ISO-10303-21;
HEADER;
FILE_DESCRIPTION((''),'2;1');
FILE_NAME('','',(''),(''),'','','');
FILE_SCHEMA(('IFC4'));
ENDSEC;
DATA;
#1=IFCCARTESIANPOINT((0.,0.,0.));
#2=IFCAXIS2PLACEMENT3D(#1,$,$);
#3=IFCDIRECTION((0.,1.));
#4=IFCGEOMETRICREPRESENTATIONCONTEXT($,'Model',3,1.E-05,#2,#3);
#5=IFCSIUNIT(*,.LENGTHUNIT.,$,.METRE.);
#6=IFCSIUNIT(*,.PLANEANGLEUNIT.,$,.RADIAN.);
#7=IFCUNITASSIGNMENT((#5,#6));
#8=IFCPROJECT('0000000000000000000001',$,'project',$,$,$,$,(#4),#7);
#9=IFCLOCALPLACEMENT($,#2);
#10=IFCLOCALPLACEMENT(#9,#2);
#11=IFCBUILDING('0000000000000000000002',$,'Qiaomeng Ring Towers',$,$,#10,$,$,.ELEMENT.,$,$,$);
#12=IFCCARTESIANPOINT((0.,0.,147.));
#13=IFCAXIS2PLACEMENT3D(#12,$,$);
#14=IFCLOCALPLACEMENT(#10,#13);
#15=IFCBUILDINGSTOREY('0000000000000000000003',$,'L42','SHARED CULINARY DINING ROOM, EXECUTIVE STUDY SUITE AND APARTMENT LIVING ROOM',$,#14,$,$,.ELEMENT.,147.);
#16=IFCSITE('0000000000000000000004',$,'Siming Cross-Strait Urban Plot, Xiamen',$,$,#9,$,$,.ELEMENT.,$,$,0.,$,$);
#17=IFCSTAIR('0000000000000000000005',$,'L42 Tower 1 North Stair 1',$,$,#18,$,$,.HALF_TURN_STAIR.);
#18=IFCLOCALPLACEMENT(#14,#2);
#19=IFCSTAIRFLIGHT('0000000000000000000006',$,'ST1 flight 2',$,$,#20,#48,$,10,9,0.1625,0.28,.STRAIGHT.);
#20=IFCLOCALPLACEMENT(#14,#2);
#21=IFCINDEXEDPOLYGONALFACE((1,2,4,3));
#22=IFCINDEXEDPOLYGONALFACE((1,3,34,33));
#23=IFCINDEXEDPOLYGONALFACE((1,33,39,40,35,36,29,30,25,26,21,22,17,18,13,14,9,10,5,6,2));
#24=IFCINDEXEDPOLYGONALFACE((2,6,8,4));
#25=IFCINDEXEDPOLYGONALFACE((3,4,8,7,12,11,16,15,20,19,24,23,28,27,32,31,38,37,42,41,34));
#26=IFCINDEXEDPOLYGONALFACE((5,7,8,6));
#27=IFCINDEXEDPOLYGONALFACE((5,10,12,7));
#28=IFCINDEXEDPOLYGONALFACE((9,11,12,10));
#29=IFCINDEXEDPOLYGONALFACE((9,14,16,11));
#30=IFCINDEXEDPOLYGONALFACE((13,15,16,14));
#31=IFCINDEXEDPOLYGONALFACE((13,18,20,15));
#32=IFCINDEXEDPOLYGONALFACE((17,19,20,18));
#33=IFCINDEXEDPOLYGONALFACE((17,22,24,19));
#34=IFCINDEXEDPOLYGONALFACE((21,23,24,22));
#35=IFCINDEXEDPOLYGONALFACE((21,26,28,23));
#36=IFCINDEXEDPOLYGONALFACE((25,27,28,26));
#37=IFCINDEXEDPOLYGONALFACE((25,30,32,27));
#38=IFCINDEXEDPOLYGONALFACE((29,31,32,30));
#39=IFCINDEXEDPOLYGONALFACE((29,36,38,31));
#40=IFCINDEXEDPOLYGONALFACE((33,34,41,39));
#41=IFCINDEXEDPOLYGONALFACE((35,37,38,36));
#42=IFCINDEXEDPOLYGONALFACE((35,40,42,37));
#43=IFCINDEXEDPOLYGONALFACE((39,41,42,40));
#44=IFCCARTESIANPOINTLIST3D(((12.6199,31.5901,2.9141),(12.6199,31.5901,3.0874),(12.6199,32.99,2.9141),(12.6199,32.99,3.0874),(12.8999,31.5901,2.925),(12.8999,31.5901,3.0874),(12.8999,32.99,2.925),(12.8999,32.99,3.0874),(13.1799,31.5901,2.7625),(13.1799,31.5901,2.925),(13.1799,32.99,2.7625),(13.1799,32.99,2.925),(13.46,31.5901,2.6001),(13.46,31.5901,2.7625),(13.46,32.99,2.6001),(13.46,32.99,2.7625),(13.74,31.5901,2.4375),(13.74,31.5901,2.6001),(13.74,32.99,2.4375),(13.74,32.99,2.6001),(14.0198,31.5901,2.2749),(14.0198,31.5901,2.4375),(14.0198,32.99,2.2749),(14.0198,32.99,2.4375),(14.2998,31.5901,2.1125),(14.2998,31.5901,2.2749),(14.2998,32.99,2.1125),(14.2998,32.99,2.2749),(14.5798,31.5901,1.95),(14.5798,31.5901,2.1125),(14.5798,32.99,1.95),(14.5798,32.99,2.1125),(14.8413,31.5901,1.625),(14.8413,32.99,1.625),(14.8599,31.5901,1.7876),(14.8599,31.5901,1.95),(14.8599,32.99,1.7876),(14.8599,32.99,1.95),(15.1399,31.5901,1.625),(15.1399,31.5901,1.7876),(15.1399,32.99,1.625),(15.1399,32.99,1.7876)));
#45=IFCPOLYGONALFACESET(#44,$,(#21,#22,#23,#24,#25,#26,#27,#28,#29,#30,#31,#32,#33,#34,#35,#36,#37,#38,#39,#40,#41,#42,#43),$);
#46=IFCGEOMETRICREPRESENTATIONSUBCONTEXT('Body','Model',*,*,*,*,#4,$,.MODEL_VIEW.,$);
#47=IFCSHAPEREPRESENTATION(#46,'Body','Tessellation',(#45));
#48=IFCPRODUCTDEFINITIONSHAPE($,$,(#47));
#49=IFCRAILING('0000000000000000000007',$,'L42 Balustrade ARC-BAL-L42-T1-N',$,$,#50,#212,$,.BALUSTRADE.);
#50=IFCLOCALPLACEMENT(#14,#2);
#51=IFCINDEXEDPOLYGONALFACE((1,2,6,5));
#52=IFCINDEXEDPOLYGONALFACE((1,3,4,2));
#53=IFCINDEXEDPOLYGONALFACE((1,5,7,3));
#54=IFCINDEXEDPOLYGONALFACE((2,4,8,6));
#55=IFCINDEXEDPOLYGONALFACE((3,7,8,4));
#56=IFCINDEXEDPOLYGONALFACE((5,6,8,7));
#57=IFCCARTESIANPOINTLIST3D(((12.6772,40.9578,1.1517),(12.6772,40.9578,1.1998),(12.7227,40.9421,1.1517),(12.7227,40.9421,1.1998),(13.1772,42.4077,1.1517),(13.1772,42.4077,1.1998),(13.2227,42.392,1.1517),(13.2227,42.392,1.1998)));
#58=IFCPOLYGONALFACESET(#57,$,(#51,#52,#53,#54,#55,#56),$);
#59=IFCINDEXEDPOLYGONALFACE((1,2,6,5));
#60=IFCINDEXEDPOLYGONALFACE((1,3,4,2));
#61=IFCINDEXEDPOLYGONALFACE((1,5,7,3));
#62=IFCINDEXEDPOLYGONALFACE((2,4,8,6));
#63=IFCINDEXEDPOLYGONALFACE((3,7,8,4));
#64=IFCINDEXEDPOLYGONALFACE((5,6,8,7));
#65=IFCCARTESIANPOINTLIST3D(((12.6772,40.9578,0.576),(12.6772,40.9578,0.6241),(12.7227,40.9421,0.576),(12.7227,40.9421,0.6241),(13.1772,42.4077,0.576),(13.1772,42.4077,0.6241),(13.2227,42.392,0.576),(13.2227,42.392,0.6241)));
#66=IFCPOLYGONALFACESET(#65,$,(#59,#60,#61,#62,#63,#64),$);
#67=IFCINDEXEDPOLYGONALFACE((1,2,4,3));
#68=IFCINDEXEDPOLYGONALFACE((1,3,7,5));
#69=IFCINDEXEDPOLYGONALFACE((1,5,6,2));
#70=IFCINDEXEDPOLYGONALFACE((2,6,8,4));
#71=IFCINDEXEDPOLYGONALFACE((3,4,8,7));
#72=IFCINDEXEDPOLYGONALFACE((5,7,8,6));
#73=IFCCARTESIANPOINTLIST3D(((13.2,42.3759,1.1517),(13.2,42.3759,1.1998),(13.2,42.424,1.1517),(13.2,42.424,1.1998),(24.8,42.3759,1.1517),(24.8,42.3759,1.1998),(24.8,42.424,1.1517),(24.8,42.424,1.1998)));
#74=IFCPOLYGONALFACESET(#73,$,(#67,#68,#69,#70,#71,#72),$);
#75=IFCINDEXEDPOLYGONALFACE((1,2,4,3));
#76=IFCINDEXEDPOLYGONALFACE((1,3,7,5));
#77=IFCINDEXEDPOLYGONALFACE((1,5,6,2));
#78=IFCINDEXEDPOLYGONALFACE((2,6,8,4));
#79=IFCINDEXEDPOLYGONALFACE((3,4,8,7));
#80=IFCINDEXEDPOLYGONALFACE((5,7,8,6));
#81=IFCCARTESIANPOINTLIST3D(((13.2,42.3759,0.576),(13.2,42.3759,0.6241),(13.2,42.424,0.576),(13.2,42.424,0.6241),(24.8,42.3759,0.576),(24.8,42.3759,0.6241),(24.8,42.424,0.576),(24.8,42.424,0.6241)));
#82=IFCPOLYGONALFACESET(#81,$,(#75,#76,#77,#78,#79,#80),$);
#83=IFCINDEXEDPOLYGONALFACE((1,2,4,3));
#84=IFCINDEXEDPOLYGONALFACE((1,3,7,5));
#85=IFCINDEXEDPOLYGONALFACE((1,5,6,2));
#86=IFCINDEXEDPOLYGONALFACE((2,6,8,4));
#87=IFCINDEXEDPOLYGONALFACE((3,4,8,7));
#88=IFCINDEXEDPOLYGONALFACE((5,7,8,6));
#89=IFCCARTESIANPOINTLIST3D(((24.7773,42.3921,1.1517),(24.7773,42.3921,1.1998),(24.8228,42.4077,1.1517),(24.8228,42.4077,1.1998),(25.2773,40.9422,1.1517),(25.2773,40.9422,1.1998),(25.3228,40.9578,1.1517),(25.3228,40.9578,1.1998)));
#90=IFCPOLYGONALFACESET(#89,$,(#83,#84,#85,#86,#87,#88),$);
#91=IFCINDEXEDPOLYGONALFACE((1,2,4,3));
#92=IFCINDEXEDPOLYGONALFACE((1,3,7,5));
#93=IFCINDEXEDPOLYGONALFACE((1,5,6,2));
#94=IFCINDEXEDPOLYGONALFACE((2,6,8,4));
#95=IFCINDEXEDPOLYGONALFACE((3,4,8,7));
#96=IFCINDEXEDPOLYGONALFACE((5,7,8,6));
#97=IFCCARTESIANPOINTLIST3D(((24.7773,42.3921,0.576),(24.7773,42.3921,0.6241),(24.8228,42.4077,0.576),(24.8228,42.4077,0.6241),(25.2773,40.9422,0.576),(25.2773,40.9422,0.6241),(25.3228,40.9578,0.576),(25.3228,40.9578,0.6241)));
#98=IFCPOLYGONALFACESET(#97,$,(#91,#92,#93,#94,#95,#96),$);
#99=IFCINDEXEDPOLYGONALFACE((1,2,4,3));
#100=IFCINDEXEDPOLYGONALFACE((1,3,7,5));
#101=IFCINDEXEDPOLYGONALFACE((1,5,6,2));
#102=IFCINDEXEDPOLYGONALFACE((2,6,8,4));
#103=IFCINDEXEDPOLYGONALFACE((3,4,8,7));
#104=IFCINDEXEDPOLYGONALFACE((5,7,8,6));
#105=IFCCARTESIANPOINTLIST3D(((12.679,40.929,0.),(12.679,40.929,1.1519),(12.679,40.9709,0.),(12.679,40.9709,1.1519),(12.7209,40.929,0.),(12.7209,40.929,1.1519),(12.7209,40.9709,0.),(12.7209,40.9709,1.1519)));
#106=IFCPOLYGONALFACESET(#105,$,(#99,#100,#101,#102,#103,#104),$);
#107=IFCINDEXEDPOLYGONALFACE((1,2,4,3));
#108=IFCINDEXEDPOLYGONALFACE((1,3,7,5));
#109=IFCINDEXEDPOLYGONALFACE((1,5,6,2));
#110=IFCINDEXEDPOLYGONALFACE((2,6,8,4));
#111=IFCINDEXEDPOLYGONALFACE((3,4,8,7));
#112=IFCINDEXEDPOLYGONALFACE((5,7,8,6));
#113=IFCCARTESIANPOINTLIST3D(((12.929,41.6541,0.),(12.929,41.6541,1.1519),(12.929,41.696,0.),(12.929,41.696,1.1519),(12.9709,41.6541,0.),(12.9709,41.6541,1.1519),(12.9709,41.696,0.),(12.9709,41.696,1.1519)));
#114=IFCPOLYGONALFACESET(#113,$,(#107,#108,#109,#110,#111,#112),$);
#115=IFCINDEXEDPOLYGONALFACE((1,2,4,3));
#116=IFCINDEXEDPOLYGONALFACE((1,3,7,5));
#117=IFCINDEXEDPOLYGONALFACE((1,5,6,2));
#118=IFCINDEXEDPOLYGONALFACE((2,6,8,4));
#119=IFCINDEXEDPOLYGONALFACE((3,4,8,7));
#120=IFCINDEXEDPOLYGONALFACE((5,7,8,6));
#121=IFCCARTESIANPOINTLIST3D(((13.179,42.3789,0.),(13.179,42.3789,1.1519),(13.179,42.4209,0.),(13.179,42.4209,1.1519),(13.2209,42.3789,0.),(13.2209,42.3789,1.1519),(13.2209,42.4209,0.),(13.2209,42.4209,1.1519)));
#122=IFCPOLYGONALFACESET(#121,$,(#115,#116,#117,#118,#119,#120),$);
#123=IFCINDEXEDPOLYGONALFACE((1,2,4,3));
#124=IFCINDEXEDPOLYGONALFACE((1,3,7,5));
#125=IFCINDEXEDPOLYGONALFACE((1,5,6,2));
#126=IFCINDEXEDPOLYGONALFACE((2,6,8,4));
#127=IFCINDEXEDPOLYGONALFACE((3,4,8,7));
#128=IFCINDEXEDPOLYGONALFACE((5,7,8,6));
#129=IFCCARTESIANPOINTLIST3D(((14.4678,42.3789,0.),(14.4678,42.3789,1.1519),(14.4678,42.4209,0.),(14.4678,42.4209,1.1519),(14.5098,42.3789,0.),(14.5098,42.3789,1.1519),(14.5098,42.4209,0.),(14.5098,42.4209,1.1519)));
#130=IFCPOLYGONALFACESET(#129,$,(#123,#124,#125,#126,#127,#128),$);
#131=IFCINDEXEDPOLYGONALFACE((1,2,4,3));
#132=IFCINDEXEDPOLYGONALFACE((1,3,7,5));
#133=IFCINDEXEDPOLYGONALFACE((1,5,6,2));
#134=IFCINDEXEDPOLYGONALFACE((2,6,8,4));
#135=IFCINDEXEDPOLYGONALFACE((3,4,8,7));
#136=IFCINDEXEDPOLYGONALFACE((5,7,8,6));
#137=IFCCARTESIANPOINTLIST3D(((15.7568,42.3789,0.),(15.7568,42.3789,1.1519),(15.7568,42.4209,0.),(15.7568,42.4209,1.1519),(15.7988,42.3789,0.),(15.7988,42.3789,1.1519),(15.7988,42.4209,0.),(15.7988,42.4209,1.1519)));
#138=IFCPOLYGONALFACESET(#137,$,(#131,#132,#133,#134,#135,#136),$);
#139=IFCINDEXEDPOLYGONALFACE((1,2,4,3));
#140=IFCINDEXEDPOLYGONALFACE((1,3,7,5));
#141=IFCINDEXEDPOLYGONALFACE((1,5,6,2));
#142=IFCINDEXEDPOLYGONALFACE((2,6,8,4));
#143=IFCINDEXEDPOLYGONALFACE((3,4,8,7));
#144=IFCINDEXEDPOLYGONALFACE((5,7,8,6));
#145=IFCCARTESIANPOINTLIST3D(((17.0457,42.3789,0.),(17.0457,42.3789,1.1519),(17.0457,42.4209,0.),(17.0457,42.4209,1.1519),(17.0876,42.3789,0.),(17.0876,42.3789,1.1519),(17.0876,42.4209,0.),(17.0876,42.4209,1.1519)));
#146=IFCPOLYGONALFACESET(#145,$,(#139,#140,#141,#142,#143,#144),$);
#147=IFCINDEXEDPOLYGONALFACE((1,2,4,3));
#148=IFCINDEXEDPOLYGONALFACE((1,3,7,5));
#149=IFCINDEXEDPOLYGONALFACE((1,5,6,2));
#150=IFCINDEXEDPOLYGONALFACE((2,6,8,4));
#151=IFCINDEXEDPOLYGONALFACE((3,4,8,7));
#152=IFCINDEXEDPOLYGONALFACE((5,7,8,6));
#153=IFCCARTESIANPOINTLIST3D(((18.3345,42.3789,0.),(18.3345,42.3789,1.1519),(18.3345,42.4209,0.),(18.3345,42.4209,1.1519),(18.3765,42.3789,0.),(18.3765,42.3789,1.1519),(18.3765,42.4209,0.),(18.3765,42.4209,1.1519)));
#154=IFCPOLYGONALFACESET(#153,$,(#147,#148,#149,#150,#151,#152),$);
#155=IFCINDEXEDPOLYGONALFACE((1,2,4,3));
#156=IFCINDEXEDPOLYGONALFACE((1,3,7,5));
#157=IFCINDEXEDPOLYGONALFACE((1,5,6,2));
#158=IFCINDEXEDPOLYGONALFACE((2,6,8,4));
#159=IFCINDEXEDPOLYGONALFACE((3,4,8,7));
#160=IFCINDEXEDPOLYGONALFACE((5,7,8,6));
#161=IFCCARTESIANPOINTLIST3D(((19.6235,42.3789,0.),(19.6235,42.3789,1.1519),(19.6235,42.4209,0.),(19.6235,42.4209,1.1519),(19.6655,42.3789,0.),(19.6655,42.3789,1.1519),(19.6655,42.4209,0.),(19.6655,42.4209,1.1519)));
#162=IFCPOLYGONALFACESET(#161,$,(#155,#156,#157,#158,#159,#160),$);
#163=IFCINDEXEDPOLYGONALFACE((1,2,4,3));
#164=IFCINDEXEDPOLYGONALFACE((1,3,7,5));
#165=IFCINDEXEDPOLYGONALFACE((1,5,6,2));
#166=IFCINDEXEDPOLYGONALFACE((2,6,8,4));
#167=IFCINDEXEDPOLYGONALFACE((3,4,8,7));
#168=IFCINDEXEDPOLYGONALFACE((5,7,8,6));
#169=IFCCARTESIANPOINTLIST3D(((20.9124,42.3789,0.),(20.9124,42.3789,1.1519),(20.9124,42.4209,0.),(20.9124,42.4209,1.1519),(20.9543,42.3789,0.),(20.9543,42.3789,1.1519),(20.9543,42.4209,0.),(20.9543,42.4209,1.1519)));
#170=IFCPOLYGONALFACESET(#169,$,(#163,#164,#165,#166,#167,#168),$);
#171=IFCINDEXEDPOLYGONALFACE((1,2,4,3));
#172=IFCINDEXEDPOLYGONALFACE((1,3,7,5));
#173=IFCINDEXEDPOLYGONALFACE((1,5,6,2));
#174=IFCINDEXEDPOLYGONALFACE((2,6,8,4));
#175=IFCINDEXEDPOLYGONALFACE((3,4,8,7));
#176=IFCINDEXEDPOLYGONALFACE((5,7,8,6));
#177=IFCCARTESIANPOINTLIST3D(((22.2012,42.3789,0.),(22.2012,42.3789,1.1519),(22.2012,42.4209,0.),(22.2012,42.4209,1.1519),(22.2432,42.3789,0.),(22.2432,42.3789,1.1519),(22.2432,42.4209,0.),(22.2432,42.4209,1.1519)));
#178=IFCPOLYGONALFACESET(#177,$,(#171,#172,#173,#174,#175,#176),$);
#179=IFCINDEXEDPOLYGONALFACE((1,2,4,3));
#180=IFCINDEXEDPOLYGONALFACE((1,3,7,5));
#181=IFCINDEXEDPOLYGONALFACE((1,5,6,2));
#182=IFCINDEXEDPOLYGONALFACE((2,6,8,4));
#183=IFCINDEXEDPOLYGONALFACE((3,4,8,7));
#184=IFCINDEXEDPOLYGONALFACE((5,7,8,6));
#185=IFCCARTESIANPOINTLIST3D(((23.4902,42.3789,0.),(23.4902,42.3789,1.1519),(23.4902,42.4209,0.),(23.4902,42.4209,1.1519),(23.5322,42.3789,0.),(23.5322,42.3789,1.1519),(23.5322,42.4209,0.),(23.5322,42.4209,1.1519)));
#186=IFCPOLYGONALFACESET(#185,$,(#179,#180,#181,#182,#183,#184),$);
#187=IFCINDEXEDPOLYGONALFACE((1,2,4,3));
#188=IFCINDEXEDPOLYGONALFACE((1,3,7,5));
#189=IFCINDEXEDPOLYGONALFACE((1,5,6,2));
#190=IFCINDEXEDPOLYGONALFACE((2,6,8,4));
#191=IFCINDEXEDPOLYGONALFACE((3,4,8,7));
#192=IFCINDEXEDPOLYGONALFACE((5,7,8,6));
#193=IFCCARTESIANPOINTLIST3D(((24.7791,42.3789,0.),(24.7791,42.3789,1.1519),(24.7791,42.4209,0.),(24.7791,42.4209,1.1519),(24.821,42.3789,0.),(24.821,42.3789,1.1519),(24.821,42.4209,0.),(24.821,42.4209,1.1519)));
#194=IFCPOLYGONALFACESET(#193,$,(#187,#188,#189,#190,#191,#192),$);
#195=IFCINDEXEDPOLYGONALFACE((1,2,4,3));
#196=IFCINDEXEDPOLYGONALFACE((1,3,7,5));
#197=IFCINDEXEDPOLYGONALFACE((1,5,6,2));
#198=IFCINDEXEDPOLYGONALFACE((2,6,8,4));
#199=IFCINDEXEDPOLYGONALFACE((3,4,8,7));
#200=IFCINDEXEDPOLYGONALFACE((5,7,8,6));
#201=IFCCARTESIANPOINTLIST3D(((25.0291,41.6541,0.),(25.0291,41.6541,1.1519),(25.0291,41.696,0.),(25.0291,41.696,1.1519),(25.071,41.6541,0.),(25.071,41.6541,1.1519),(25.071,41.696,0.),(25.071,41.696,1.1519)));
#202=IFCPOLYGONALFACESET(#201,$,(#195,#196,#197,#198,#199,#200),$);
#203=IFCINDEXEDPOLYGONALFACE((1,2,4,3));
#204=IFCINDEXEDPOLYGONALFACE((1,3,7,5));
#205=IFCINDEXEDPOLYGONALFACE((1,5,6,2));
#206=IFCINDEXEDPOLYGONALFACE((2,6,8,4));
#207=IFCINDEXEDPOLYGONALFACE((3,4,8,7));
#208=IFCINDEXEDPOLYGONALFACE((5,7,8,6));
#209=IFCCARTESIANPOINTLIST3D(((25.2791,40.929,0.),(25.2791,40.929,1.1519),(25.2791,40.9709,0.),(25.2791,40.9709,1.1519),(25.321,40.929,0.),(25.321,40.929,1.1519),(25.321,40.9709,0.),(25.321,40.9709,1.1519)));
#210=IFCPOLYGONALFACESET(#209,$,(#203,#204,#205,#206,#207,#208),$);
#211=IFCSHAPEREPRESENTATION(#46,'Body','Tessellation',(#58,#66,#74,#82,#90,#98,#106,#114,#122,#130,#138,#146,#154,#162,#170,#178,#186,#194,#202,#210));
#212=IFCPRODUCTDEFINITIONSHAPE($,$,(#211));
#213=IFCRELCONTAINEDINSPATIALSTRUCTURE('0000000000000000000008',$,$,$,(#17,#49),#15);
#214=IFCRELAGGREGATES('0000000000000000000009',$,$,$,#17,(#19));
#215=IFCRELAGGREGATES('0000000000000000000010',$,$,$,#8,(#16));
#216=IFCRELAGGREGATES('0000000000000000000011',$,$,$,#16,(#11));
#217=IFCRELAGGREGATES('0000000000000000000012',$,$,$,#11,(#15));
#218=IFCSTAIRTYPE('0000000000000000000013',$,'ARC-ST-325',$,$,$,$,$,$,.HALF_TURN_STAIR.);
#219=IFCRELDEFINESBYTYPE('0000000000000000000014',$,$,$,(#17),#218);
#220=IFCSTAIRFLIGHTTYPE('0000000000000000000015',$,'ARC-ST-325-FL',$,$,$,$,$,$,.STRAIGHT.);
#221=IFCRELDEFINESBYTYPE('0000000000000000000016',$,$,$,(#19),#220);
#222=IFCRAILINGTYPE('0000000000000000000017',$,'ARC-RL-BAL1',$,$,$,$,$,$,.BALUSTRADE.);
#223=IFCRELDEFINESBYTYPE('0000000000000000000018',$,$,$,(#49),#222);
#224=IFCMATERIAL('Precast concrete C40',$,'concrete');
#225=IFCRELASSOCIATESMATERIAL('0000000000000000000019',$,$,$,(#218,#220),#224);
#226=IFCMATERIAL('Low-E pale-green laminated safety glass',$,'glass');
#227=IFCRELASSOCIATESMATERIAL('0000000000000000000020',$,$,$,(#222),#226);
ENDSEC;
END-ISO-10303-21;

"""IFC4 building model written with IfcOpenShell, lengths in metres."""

from ifc_helpers import new_model, si_unit, direction, frame, origin, origin_2d, place, context, subcontext, project, spatial, polyline, rectangle, outline, extrude, source, transform, mapped, material, type_object, element, aggregate, save


model = new_model("IFC4")

# Units and contexts
model_context = context("Model", 3, precision=1e-05, world=origin(), true_north=direction((0.0, 1.0)))
body_context = subcontext(model_context, "Body", "Model", "MODEL_VIEW")
ifc_project = project(units=[si_unit("LENGTHUNIT", "METRE"), si_unit("PLANEANGLEUNIT", "RADIAN")], contexts=[model_context])

# Site, building, storey
site_placement = place(None, origin())
site = spatial("IfcSite", under=ifc_project, at=site_placement, Name="Siming Cross-Strait Urban Plot, Xiamen", CompositionType="ELEMENT", RefElevation=0.0)
building_placement = place(site_placement, origin())
building = spatial("IfcBuilding", under=site, at=building_placement, Name="Qiaomeng Ring Towers", CompositionType="ELEMENT")
storey_placement = place(building_placement, frame((0.0, 0.0, 147.0)))
storey = spatial("IfcBuildingStorey", under=building, at=storey_placement, Name="L42", Description="SHARED CULINARY DINING ROOM, EXECUTIVE STUDY SUITE AND APARTMENT LIVING ROOM", CompositionType="ELEMENT", Elevation=147.0)

# Stair, stair flight
ifc_material_1 = material(Name="Precast concrete C40", Category="concrete")
stair_type = type_object("IfcStairType", Name="ARC-ST-325", PredefinedType="HALF_TURN_STAIR", material=ifc_material_1)
stair_placement = place(storey_placement, origin())
stair = element("IfcStair", 1, at=stair_placement, inside=storey, type_object=stair_type, Name="L42 Tower 1 North Stair 1", PredefinedType="HALF_TURN_STAIR")
stair_flight_type = type_object("IfcStairFlightType", Name="ARC-ST-325-FL", PredefinedType="STRAIGHT", material=ifc_material_1)
shared_shape_1 = source(origin(), body_context, "Body", "SweptSolid", [
    extrude(outline(polyline([(0.0, 0.0), (0.0, 0.1626), (0.28, 0.1626), (0.28, 0.325), (0.5601, 0.325), (0.5601, 0.4875), (0.8401, 0.4875), (0.8401, 0.6499), (1.1201, 0.6499), (1.1201, 0.8125), (1.3999, 0.8125), (1.3999, 0.9751), (1.6799, 0.9751), (1.6799, 1.1375), (1.96, 1.1375), (1.96, 1.3), (2.24, 1.3), (2.24, 1.4624), (2.52, 1.4624), (2.52, 1.625), (2.52, 1.2891), (0.2986, 0.0), (0.0, 0.0)])), frame((0.0, 0.7, 0.0), z_axis=(0.0, -1.0, 0.0), x_axis=(1.0, 0.0, 0.0)), (0.0, 0.0, 1.0), 1.3999),
])
stair_flight_placement = place(storey_placement, frame((15.1399, 32.29, 1.625), z_axis=(0.0, 0.0, 1.0), x_axis=(-1.0, 0.0, 0.0)))
stair_flight = element("IfcStairFlight", 2, at=stair_flight_placement, type_object=stair_flight_type, Name="ST1 flight 2", NumberOfRisers=10, NumberOfTreads=9, PredefinedType="STRAIGHT", RiserHeight=0.1625, TreadLength=0.28, context=body_context, shape_type="MappedRepresentation", body=[
    mapped(shared_shape_1, transform((0.0, 0.0, 0.0), x_axis=(1.0, 0.0, 0.0), y_axis=(0.0, 1.0, 0.0), z_axis=(0.0, 0.0, 1.0), scale=1.0)),
])
aggregate(stair, [stair_flight])

# Railing
ifc_material_2 = material(Name="Low-E pale-green laminated safety glass", Category="glass")
railing_type_1 = type_object("IfcRailingType", Name="ARC-RL-BAL1", PredefinedType="BALUSTRADE", material=ifc_material_2)
railing_1_placement = place(storey_placement, frame((12.7, 40.95, 0.0)))
element("IfcRailing", 3, at=railing_1_placement, inside=storey, type_object=railing_type_1, Name="L42 Balustrade ARC-BAL-L42-T1-N", PredefinedType="BALUSTRADE", context=body_context, shape_type="SweptSolid", body=[
    extrude(rectangle(XDim=0.0481, YDim=0.0481, at=origin_2d()), frame((0.0, 0.0, 1.1758), z_axis=(0.326, 0.94537, 0.0), x_axis=(-0.94537, 0.326, 0.0)), (0.0, 0.0, 1.0), 1.5337),
    extrude(rectangle(XDim=0.0481, YDim=0.0481, at=origin_2d()), frame((0.0, 0.0, 0.6001), z_axis=(0.326, 0.94537, 0.0), x_axis=(-0.94537, 0.326, 0.0)), (0.0, 0.0, 1.0), 1.5337),
    extrude(rectangle(XDim=0.0481, YDim=0.0481, at=origin_2d()), frame((0.5, 1.45, 1.1758), z_axis=(1.0, 0.0, 0.0), x_axis=(0.0, 1.0, 0.0)), (0.0, 0.0, 1.0), 11.6001),
    extrude(rectangle(XDim=0.0481, YDim=0.0481, at=origin_2d()), frame((0.5, 1.45, 0.6001), z_axis=(1.0, 0.0, 0.0), x_axis=(0.0, 1.0, 0.0)), (0.0, 0.0, 1.0), 11.6001),
    extrude(rectangle(XDim=0.0481, YDim=0.0481, at=origin_2d()), frame((12.1001, 1.45, 1.1758), z_axis=(0.326, -0.94537, 0.0), x_axis=(0.94537, 0.326, 0.0)), (0.0, 0.0, 1.0), 1.5337),
    extrude(rectangle(XDim=0.0481, YDim=0.0481, at=origin_2d()), frame((12.1001, 1.45, 0.6001), z_axis=(0.326, -0.94537, 0.0), x_axis=(0.94537, 0.326, 0.0)), (0.0, 0.0, 1.0), 1.5337),
    extrude(rectangle(XDim=0.042, YDim=0.042, at=origin_2d()), origin(), (0.0, 0.0, 1.0), 1.1519),
    extrude(rectangle(XDim=0.042, YDim=0.042, at=origin_2d()), frame((0.25, 0.7251, 0.0)), (0.0, 0.0, 1.0), 1.1519),
    extrude(rectangle(XDim=0.042, YDim=0.042, at=origin_2d()), frame((0.5, 1.45, 0.0)), (0.0, 0.0, 1.0), 1.1519),
    extrude(rectangle(XDim=0.042, YDim=0.042, at=origin_2d()), frame((1.7888, 1.45, 0.0)), (0.0, 0.0, 1.0), 1.1519),
    extrude(rectangle(XDim=0.042, YDim=0.042, at=origin_2d()), frame((3.0779, 1.45, 0.0)), (0.0, 0.0, 1.0), 1.1519),
    extrude(rectangle(XDim=0.042, YDim=0.042, at=origin_2d()), frame((4.3667, 1.45, 0.0)), (0.0, 0.0, 1.0), 1.1519),
    extrude(rectangle(XDim=0.042, YDim=0.042, at=origin_2d()), frame((5.6555, 1.45, 0.0)), (0.0, 0.0, 1.0), 1.1519),
    extrude(rectangle(XDim=0.042, YDim=0.042, at=origin_2d()), frame((6.9446, 1.45, 0.0)), (0.0, 0.0, 1.0), 1.1519),
    extrude(rectangle(XDim=0.042, YDim=0.042, at=origin_2d()), frame((8.2334, 1.45, 0.0)), (0.0, 0.0, 1.0), 1.1519),
    extrude(rectangle(XDim=0.042, YDim=0.042, at=origin_2d()), frame((9.5222, 1.45, 0.0)), (0.0, 0.0, 1.0), 1.1519),
    extrude(rectangle(XDim=0.042, YDim=0.042, at=origin_2d()), frame((10.8113, 1.45, 0.0)), (0.0, 0.0, 1.0), 1.1519),
    extrude(rectangle(XDim=0.042, YDim=0.042, at=origin_2d()), frame((12.1001, 1.45, 0.0)), (0.0, 0.0, 1.0), 1.1519),
    extrude(rectangle(XDim=0.042, YDim=0.042, at=origin_2d()), frame((12.3501, 0.7251, 0.0)), (0.0, 0.0, 1.0), 1.1519),
    extrude(rectangle(XDim=0.042, YDim=0.042, at=origin_2d()), frame((12.6001, 0.0, 0.0)), (0.0, 0.0, 1.0), 1.1519),
])

save(model, "model.ifc")
